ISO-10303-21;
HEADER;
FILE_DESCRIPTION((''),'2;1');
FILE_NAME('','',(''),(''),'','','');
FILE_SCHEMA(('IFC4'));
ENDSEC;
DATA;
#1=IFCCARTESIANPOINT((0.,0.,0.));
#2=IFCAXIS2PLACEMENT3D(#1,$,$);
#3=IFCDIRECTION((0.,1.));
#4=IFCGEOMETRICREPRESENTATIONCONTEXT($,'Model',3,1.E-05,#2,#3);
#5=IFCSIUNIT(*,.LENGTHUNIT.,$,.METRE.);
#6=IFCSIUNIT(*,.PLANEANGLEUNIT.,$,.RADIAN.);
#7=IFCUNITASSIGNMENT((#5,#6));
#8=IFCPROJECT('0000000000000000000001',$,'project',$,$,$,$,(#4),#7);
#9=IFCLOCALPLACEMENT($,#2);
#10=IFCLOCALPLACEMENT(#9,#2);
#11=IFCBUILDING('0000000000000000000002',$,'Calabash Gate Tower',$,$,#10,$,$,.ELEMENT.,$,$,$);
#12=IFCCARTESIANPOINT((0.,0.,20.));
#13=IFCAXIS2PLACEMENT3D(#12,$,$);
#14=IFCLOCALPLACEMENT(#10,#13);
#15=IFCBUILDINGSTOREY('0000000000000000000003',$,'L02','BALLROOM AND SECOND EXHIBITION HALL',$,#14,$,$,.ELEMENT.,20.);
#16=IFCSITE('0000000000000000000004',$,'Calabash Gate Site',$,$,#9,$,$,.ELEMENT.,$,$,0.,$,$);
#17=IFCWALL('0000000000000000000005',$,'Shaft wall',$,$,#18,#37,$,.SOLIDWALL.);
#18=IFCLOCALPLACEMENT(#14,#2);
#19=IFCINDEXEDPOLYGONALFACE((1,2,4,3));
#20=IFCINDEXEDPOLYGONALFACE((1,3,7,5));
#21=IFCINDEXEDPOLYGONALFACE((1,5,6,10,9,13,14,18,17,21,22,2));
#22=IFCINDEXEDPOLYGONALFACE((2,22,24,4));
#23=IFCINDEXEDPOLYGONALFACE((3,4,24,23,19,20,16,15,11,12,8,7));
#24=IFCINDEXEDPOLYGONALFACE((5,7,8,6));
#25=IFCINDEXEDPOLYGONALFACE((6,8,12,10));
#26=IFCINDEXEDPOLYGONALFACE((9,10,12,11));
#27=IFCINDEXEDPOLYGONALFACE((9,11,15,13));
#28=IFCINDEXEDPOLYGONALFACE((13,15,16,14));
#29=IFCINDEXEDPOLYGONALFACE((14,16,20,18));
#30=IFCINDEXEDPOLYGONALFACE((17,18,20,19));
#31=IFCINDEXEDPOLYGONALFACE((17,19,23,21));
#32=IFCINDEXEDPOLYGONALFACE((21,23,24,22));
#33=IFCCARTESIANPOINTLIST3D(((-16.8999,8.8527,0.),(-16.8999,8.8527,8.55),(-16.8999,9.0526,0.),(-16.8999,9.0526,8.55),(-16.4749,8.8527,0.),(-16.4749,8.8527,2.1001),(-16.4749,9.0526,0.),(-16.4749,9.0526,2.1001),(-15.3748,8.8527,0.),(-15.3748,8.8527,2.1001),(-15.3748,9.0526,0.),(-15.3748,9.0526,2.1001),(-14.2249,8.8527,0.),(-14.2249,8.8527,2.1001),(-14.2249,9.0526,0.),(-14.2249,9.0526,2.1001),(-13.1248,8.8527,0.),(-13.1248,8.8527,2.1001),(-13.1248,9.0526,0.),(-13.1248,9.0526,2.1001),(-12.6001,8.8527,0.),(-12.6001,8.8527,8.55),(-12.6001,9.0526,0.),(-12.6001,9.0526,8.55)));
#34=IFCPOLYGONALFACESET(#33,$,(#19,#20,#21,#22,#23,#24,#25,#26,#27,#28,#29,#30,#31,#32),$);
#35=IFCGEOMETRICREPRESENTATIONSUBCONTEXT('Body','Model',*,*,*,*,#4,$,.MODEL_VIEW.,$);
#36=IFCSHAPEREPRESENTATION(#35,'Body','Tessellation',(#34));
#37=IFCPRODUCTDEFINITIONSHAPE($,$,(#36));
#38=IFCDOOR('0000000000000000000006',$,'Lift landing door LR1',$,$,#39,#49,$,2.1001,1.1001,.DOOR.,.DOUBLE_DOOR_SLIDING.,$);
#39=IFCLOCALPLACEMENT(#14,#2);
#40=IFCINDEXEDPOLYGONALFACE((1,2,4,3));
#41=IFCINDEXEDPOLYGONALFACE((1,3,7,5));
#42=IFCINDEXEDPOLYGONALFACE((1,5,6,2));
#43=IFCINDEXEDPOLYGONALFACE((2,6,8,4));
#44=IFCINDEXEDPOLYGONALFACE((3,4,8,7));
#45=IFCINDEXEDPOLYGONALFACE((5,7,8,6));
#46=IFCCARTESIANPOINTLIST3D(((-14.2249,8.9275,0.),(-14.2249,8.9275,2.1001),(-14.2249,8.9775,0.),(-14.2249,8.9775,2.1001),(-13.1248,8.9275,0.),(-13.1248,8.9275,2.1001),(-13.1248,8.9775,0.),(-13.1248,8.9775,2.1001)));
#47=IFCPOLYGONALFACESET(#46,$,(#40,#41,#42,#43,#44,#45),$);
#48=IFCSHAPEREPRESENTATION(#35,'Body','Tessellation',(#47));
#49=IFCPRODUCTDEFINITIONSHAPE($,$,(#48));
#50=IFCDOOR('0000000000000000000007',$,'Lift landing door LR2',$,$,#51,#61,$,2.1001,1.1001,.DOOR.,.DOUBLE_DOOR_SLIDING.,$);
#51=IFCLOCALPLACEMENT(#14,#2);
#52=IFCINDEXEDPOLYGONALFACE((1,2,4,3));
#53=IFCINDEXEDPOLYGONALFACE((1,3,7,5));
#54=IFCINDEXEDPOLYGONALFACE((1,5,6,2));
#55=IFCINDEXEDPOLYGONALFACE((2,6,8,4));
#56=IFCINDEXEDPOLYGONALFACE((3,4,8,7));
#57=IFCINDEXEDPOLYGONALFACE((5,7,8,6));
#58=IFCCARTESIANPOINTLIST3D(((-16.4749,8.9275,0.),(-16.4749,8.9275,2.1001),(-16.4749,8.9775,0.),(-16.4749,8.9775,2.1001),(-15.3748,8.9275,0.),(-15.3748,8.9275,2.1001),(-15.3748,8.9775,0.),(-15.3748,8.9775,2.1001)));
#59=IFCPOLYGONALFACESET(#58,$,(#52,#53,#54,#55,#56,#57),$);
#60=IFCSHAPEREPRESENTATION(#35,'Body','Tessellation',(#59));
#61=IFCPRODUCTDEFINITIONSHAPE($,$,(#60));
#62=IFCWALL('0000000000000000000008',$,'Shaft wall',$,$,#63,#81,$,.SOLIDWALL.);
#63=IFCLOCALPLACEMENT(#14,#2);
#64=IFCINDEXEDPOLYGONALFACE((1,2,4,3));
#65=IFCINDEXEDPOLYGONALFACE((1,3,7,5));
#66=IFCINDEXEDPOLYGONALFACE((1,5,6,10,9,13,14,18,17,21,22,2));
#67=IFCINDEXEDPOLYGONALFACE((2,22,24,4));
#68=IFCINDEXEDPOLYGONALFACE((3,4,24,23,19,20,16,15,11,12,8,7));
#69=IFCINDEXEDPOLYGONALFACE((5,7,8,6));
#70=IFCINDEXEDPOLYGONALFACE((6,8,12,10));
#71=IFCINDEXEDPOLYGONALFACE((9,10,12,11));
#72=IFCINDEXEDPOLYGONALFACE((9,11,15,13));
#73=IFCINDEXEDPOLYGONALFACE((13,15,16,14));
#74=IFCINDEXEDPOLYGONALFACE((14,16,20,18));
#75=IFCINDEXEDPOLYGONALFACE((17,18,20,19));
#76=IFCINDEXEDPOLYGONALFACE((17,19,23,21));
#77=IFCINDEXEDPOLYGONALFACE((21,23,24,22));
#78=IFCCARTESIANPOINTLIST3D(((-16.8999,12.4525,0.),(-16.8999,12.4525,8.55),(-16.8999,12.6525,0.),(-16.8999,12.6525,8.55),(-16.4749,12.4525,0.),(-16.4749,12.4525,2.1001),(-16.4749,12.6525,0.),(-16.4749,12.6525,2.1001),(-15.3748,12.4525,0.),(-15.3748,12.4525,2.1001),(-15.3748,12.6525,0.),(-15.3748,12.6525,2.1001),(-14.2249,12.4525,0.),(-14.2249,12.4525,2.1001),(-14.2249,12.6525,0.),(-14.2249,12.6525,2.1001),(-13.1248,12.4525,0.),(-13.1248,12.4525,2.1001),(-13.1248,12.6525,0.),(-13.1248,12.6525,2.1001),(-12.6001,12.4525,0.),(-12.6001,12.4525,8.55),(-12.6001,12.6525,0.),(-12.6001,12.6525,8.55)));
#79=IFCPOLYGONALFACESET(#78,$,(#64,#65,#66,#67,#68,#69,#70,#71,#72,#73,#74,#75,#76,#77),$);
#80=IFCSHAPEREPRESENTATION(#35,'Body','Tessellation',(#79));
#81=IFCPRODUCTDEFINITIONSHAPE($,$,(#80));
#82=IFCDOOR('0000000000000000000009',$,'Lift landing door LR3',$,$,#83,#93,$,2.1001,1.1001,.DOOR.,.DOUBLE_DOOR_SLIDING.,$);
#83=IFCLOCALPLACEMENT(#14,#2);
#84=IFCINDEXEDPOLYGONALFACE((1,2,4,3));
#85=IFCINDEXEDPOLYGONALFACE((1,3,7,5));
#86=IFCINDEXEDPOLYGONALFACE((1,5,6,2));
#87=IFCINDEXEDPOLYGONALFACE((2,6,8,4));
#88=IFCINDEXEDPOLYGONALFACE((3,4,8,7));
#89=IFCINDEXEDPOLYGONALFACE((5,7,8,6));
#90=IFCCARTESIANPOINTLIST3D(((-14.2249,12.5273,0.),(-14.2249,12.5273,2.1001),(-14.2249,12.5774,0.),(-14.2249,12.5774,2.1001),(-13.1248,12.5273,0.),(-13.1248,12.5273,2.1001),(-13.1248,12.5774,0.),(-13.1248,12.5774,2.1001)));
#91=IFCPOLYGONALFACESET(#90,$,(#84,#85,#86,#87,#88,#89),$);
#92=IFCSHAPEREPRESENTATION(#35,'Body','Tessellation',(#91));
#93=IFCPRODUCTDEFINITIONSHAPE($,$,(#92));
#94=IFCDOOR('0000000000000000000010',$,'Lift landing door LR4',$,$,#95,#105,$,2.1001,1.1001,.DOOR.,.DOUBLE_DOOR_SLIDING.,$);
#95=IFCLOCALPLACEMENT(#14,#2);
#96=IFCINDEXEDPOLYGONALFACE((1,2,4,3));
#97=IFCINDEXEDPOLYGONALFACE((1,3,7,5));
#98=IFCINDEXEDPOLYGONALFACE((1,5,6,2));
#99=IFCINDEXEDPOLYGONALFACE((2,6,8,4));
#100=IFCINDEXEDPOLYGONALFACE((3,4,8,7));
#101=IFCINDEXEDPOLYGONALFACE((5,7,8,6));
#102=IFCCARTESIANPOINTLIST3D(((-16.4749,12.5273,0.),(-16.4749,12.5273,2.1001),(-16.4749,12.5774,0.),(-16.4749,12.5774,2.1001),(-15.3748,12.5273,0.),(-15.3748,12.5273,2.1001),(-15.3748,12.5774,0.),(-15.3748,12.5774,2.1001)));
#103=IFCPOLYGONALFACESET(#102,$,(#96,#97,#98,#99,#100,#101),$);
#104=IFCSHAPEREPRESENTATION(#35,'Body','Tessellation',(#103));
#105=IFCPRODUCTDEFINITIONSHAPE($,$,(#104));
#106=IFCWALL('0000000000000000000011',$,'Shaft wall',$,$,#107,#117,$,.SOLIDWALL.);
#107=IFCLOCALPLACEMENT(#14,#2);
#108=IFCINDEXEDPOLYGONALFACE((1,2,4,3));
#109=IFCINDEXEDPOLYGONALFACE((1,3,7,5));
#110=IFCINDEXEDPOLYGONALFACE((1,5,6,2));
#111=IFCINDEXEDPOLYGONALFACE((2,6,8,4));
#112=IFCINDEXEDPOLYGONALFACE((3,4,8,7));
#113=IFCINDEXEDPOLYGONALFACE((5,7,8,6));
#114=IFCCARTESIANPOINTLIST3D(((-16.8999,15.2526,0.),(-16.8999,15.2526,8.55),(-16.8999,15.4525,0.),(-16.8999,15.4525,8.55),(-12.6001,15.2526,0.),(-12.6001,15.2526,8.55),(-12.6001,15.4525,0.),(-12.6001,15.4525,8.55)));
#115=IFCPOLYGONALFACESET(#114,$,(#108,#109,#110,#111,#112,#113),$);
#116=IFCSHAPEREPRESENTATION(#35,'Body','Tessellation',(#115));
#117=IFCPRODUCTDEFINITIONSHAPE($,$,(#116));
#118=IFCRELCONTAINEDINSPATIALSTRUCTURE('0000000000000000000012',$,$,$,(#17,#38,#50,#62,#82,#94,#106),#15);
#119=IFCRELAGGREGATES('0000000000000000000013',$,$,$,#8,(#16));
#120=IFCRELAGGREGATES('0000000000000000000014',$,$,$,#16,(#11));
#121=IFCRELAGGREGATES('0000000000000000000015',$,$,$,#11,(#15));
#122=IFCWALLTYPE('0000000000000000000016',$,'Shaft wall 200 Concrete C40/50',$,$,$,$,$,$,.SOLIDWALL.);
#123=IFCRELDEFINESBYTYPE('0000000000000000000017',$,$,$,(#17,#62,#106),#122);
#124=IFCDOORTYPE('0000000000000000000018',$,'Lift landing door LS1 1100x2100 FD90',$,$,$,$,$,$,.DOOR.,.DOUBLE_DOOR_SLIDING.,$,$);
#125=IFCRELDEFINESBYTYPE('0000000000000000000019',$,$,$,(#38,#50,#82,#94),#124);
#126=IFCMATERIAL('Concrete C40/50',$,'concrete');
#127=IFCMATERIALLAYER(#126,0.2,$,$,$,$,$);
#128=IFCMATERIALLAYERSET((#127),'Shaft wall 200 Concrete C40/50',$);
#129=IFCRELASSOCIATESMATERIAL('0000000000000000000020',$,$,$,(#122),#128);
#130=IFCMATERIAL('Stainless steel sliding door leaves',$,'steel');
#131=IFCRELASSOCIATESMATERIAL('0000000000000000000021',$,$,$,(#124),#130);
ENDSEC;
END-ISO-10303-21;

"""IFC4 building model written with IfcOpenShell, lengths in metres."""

from ifc_helpers import new_model, si_unit, direction, frame, frame_2d, origin, place, context, subcontext, project, spatial, rectangle, extrude, material, layer, layer_set, type_object, element, fill, save


model = new_model("IFC4")

# Units and contexts
model_context = context("Model", 3, precision=1e-05, world=origin(), true_north=direction((0.0, 1.0)))
body_context = subcontext(model_context, "Body", "Model", "MODEL_VIEW")
ifc_project = project(units=[si_unit("LENGTHUNIT", "METRE"), si_unit("PLANEANGLEUNIT", "RADIAN")], contexts=[model_context])

# Site, building, storey
site_placement = place(None, origin())
site = spatial("IfcSite", under=ifc_project, at=site_placement, Name="Calabash Gate Site", CompositionType="ELEMENT", RefElevation=0.0)
building_placement = place(site_placement, origin())
building = spatial("IfcBuilding", under=site, at=building_placement, Name="Calabash Gate Tower", CompositionType="ELEMENT")
storey_placement = place(building_placement, frame((0.0, 0.0, 20.0)))
storey = spatial("IfcBuildingStorey", under=building, at=storey_placement, Name="L02", Description="BALLROOM AND SECOND EXHIBITION HALL", CompositionType="ELEMENT", Elevation=20.0)

# Walls, openings, doors
ifc_material_1 = material(Name="Concrete C40/50", Category="concrete")
ifc_layer_1 = layer(ifc_material_1, 0.2)
ifc_layer_set_1 = layer_set([ifc_layer_1], Name="Shaft wall 200 Concrete C40/50")
wall_type_1 = type_object("IfcWallType", Name="Shaft wall 200 Concrete C40/50", PredefinedType="SOLIDWALL", material=ifc_layer_set_1)
wall_1_placement = place(storey_placement, frame((-16.8999, 8.9526, 0.0), z_axis=(0.0, 0.0, 1.0), x_axis=(1.0, 0.0, 0.0)))
wall_1 = element("IfcWall", 1, at=wall_1_placement, inside=storey, type_object=wall_type_1, Name="Shaft wall", PredefinedType="SOLIDWALL", context=body_context, shape_type="SweptSolid", body=[
    extrude(rectangle(XDim=4.2998, YDim=0.2, at=frame_2d((2.1499, 0.0))), origin(), (0.0, 0.0, 1.0), 8.55),
])
opening_1_placement = place(wall_1_placement, frame((2.675, 0.0, 0.0)))
opening_1 = element("IfcOpeningElement", 2, at=opening_1_placement, cuts=wall_1, PredefinedType="OPENING", context=body_context, shape_type="SweptSolid", body=[
    extrude(rectangle(XDim=1.1001, YDim=2.1001, at=frame_2d((0.55, 1.05))), frame((0.0, 0.1099, 0.0), z_axis=(0.0, -1.0, 0.0), x_axis=(1.0, 0.0, 0.0)), (0.0, 0.0, 1.0), 0.22),
])
opening_2_placement = place(wall_1_placement, frame((0.425, 0.0, 0.0)))
opening_2 = element("IfcOpeningElement", 3, at=opening_2_placement, cuts=wall_1, PredefinedType="OPENING", context=body_context, shape_type="SweptSolid", body=[
    extrude(rectangle(XDim=1.1001, YDim=2.1001, at=frame_2d((0.55, 1.05))), frame((0.0, 0.1099, 0.0), z_axis=(0.0, -1.0, 0.0), x_axis=(1.0, 0.0, 0.0)), (0.0, 0.0, 1.0), 0.22),
])
ifc_material_2 = material(Name="Stainless steel sliding door leaves", Category="steel")
door_type_1 = type_object("IfcDoorType", Name="Lift landing door LS1 1100x2100 FD90", OperationType="DOUBLE_DOOR_SLIDING", PredefinedType="DOOR", material=ifc_material_2)
door_1_placement = place(opening_1_placement, origin())
door_1 = element("IfcDoor", 4, at=door_1_placement, inside=storey, type_object=door_type_1, Name="Lift landing door LR1", OperationType="DOUBLE_DOOR_SLIDING", OverallHeight=2.1001, OverallWidth=1.1001, PredefinedType="DOOR", context=body_context, shape_type="SweptSolid", body=[
    extrude(rectangle(XDim=1.1001, YDim=2.1001, at=frame_2d((0.55, 1.05))), frame((0.0, 0.0249, 0.0), z_axis=(0.0, -1.0, 0.0), x_axis=(1.0, 0.0, 0.0)), (0.0, 0.0, 1.0), 0.05),
])
fill(opening_1, door_1)
door_2_placement = place(opening_2_placement, origin())
door_2 = element("IfcDoor", 5, at=door_2_placement, inside=storey, type_object=door_type_1, Name="Lift landing door LR2", OperationType="DOUBLE_DOOR_SLIDING", OverallHeight=2.1001, OverallWidth=1.1001, PredefinedType="DOOR", context=body_context, shape_type="SweptSolid", body=[
    extrude(rectangle(XDim=1.1001, YDim=2.1001, at=frame_2d((0.55, 1.05))), frame((0.0, 0.0249, 0.0), z_axis=(0.0, -1.0, 0.0), x_axis=(1.0, 0.0, 0.0)), (0.0, 0.0, 1.0), 0.05),
])
fill(opening_2, door_2)
wall_2_placement = place(storey_placement, frame((-16.8999, 12.5525, 0.0), z_axis=(0.0, 0.0, 1.0), x_axis=(1.0, 0.0, 0.0)))
wall_2 = element("IfcWall", 6, at=wall_2_placement, inside=storey, type_object=wall_type_1, Name="Shaft wall", PredefinedType="SOLIDWALL", context=body_context, shape_type="SweptSolid", body=[
    extrude(rectangle(XDim=4.2998, YDim=0.2, at=frame_2d((2.1499, 0.0))), origin(), (0.0, 0.0, 1.0), 8.55),
])
opening_3_placement = place(wall_2_placement, frame((2.675, 0.0, 0.0)))
opening_3 = element("IfcOpeningElement", 7, at=opening_3_placement, cuts=wall_2, PredefinedType="OPENING", context=body_context, shape_type="SweptSolid", body=[
    extrude(rectangle(XDim=1.1001, YDim=2.1001, at=frame_2d((0.55, 1.05))), frame((0.0, 0.1099, 0.0), z_axis=(0.0, -1.0, 0.0), x_axis=(1.0, 0.0, 0.0)), (0.0, 0.0, 1.0), 0.22),
])
opening_4_placement = place(wall_2_placement, frame((0.425, 0.0, 0.0)))
opening_4 = element("IfcOpeningElement", 8, at=opening_4_placement, cuts=wall_2, PredefinedType="OPENING", context=body_context, shape_type="SweptSolid", body=[
    extrude(rectangle(XDim=1.1001, YDim=2.1001, at=frame_2d((0.55, 1.05))), frame((0.0, 0.1099, 0.0), z_axis=(0.0, -1.0, 0.0), x_axis=(1.0, 0.0, 0.0)), (0.0, 0.0, 1.0), 0.22),
])
door_3_placement = place(opening_3_placement, origin())
door_3 = element("IfcDoor", 9, at=door_3_placement, inside=storey, type_object=door_type_1, Name="Lift landing door LR3", OperationType="DOUBLE_DOOR_SLIDING", OverallHeight=2.1001, OverallWidth=1.1001, PredefinedType="DOOR", context=body_context, shape_type="SweptSolid", body=[
    extrude(rectangle(XDim=1.1001, YDim=2.1001, at=frame_2d((0.55, 1.05))), frame((0.0, 0.0249, 0.0), z_axis=(0.0, -1.0, 0.0), x_axis=(1.0, 0.0, 0.0)), (0.0, 0.0, 1.0), 0.05),
])
fill(opening_3, door_3)
door_4_placement = place(opening_4_placement, origin())
door_4 = element("IfcDoor", 10, at=door_4_placement, inside=storey, type_object=door_type_1, Name="Lift landing door LR4", OperationType="DOUBLE_DOOR_SLIDING", OverallHeight=2.1001, OverallWidth=1.1001, PredefinedType="DOOR", context=body_context, shape_type="SweptSolid", body=[
    extrude(rectangle(XDim=1.1001, YDim=2.1001, at=frame_2d((0.55, 1.05))), frame((0.0, 0.0249, 0.0), z_axis=(0.0, -1.0, 0.0), x_axis=(1.0, 0.0, 0.0)), (0.0, 0.0, 1.0), 0.05),
])
fill(opening_4, door_4)

# Wall
wall_3_placement = place(storey_placement, frame((-16.8999, 15.3525, 0.0), z_axis=(0.0, 0.0, 1.0), x_axis=(1.0, 0.0, 0.0)))
element("IfcWall", 11, at=wall_3_placement, inside=storey, type_object=wall_type_1, Name="Shaft wall", PredefinedType="SOLIDWALL", context=body_context, shape_type="SweptSolid", body=[
    extrude(rectangle(XDim=4.2998, YDim=0.2, at=frame_2d((2.1499, 0.0))), origin(), (0.0, 0.0, 1.0), 8.55),
])

save(model, "model.ifc")
